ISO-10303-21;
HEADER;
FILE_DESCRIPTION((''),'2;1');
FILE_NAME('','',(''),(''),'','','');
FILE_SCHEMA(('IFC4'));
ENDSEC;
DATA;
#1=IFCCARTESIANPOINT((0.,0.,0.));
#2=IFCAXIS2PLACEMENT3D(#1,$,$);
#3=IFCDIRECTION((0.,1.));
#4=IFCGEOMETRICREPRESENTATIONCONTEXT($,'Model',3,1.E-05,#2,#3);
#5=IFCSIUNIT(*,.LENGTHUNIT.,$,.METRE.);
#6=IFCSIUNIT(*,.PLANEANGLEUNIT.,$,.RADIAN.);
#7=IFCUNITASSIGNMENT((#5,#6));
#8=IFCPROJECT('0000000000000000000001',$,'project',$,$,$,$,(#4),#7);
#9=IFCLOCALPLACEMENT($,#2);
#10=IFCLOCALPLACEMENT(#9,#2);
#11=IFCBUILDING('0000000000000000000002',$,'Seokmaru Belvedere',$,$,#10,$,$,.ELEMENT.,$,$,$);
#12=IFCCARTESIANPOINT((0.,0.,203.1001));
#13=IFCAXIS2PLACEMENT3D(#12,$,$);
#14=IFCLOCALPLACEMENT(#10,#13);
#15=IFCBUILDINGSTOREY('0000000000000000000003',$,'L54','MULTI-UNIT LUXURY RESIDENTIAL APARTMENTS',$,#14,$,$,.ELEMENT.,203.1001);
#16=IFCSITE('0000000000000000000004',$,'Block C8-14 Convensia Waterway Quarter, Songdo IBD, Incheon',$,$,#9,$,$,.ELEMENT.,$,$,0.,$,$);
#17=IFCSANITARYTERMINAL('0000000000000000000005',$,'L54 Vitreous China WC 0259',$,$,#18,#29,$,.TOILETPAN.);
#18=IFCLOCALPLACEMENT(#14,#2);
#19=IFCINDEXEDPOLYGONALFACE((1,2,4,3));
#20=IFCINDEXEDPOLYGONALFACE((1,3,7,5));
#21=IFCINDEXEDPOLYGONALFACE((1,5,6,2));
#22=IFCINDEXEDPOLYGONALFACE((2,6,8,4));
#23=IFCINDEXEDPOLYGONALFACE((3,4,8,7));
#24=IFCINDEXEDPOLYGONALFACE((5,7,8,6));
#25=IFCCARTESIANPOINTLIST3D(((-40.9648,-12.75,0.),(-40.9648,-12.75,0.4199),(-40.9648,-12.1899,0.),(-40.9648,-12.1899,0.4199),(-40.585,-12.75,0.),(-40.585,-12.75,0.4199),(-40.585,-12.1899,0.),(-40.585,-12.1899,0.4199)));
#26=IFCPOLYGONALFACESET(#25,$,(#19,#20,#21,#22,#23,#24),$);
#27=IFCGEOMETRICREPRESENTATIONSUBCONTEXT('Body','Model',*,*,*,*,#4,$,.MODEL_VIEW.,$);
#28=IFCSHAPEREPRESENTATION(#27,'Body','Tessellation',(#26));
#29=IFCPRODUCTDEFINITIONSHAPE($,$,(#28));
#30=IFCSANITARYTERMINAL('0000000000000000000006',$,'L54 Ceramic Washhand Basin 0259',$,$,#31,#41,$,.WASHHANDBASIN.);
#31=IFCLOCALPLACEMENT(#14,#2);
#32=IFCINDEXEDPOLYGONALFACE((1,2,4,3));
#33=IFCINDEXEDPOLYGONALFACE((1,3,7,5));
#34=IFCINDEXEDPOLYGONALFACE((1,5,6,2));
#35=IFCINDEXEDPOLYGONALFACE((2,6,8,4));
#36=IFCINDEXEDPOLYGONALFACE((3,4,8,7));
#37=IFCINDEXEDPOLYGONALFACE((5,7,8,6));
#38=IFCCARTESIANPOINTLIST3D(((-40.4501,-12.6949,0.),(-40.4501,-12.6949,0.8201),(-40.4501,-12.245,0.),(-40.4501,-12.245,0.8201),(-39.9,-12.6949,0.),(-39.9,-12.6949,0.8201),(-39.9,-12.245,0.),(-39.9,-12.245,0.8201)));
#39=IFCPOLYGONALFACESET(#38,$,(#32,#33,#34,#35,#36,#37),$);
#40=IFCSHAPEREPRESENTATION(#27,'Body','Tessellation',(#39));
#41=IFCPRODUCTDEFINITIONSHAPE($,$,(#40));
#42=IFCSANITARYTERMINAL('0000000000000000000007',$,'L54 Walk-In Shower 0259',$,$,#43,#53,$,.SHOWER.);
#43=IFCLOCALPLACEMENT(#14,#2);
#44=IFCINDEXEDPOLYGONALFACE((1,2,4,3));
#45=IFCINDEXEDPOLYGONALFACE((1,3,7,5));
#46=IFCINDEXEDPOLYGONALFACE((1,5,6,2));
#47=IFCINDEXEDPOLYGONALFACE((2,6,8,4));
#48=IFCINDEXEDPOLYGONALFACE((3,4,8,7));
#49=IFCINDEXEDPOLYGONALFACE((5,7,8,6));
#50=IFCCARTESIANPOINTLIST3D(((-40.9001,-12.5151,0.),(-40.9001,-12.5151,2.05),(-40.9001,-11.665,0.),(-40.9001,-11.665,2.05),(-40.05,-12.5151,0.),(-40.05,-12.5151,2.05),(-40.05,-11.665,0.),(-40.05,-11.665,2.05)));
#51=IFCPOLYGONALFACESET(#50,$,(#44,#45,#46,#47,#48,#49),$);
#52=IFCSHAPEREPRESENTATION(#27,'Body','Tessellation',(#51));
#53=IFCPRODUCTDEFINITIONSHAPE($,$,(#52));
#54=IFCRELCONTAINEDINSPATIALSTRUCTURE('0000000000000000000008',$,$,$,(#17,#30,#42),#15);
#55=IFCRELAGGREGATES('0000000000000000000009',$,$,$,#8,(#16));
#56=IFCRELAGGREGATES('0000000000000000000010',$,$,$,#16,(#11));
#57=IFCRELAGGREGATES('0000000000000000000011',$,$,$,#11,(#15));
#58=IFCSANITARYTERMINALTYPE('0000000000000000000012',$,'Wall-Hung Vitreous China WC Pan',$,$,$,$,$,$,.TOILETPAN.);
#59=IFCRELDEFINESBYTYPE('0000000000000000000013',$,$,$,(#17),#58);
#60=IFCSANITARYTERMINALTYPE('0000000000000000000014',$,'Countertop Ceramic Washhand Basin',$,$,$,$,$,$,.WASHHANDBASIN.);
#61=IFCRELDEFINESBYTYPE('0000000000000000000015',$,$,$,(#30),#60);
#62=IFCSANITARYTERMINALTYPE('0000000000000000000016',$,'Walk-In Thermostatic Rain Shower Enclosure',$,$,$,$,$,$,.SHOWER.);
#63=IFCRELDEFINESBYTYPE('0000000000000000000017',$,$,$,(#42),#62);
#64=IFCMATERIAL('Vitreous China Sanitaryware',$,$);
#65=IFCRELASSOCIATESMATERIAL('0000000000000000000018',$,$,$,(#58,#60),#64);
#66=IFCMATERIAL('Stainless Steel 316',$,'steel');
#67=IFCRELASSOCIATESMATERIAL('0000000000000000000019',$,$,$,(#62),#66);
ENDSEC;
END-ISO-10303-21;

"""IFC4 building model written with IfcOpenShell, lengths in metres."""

from ifc_helpers import new_model, si_unit, direction, frame, origin, origin_2d, place, context, subcontext, project, spatial, rectangle, extrude, source, transform, mapped, material, type_object, type_shapes, element, save


model = new_model("IFC4")

# Units and contexts
model_context = context("Model", 3, precision=1e-05, world=origin(), true_north=direction((0.0, 1.0)))
body_context = subcontext(model_context, "Body", "Model", "MODEL_VIEW")
ifc_project = project(units=[si_unit("LENGTHUNIT", "METRE"), si_unit("PLANEANGLEUNIT", "RADIAN")], contexts=[model_context])

# Site, building, storey
site_placement = place(None, origin())
site = spatial("IfcSite", under=ifc_project, at=site_placement, Name="Block C8-14 Convensia Waterway Quarter, Songdo IBD, Incheon", CompositionType="ELEMENT", RefElevation=0.0)
building_placement = place(site_placement, origin())
building = spatial("IfcBuilding", under=site, at=building_placement, Name="Seokmaru Belvedere", CompositionType="ELEMENT")
storey_placement = place(building_placement, frame((0.0, 0.0, 203.1001)))
storey = spatial("IfcBuildingStorey", under=building, at=storey_placement, Name="L54", Description="MULTI-UNIT LUXURY RESIDENTIAL APARTMENTS", CompositionType="ELEMENT", Elevation=203.1001)

# Sanitary terminals
ifc_material_1 = material(Name="Vitreous China Sanitaryware")
sanitary_terminal_type_1 = type_object("IfcSanitaryTerminalType", Name="Wall-Hung Vitreous China WC Pan", PredefinedType="TOILETPAN", material=ifc_material_1)
shared_shape_1 = source(origin(), body_context, "Body", "SweptSolid", [
    extrude(rectangle(XDim=0.3799, YDim=0.5601, at=origin_2d()), origin(), (0.0, 0.0, 1.0), 0.4199),
])
type_shapes(sanitary_terminal_type_1, [shared_shape_1])
sanitary_terminal_1_placement = place(storey_placement, frame((-40.7749, -12.47, 0.0), z_axis=(0.0, 0.0, 1.0), x_axis=(1.0, 0.0, 0.0)))
element("IfcSanitaryTerminal", 1, at=sanitary_terminal_1_placement, inside=storey, type_object=sanitary_terminal_type_1, Name="L54 Vitreous China WC 0259", PredefinedType="TOILETPAN", context=body_context, shape_type="MappedRepresentation", body=[
    mapped(shared_shape_1, transform((0.0, 0.0, 0.0), scale=1.0)),
])
sanitary_terminal_type_2 = type_object("IfcSanitaryTerminalType", Name="Countertop Ceramic Washhand Basin", PredefinedType="WASHHANDBASIN", material=ifc_material_1)
shared_shape_2 = source(origin(), body_context, "Body", "SweptSolid", [
    extrude(rectangle(XDim=0.55, YDim=0.45, at=origin_2d()), origin(), (0.0, 0.0, 1.0), 0.8201),
])
type_shapes(sanitary_terminal_type_2, [shared_shape_2])
sanitary_terminal_2_placement = place(storey_placement, frame((-40.175, -12.47, 0.0), z_axis=(0.0, 0.0, 1.0), x_axis=(1.0, 0.0, 0.0)))
element("IfcSanitaryTerminal", 2, at=sanitary_terminal_2_placement, inside=storey, type_object=sanitary_terminal_type_2, Name="L54 Ceramic Washhand Basin 0259", PredefinedType="WASHHANDBASIN", context=body_context, shape_type="MappedRepresentation", body=[
    mapped(shared_shape_2, transform((0.0, 0.0, 0.0), scale=1.0)),
])
ifc_material_2 = material(Name="Stainless Steel 316", Category="steel")
sanitary_terminal_type_3 = type_object("IfcSanitaryTerminalType", Name="Walk-In Thermostatic Rain Shower Enclosure", PredefinedType="SHOWER", material=ifc_material_2)
shared_shape_3 = source(origin(), body_context, "Body", "SweptSolid", [
    extrude(rectangle(XDim=0.8501, YDim=0.8501, at=origin_2d()), origin(), (0.0, 0.0, 1.0), 2.05),
])
type_shapes(sanitary_terminal_type_3, [shared_shape_3])
sanitary_terminal_3_placement = place(storey_placement, frame((-40.4751, -12.0901, 0.0), z_axis=(0.0, 0.0, 1.0), x_axis=(1.0, 0.0, 0.0)))
element("IfcSanitaryTerminal", 3, at=sanitary_terminal_3_placement, inside=storey, type_object=sanitary_terminal_type_3, Name="L54 Walk-In Shower 0259", PredefinedType="SHOWER", context=body_context, shape_type="MappedRepresentation", body=[
    mapped(shared_shape_3, transform((0.0, 0.0, 0.0), scale=1.0)),
])

save(model, "model.ifc")
